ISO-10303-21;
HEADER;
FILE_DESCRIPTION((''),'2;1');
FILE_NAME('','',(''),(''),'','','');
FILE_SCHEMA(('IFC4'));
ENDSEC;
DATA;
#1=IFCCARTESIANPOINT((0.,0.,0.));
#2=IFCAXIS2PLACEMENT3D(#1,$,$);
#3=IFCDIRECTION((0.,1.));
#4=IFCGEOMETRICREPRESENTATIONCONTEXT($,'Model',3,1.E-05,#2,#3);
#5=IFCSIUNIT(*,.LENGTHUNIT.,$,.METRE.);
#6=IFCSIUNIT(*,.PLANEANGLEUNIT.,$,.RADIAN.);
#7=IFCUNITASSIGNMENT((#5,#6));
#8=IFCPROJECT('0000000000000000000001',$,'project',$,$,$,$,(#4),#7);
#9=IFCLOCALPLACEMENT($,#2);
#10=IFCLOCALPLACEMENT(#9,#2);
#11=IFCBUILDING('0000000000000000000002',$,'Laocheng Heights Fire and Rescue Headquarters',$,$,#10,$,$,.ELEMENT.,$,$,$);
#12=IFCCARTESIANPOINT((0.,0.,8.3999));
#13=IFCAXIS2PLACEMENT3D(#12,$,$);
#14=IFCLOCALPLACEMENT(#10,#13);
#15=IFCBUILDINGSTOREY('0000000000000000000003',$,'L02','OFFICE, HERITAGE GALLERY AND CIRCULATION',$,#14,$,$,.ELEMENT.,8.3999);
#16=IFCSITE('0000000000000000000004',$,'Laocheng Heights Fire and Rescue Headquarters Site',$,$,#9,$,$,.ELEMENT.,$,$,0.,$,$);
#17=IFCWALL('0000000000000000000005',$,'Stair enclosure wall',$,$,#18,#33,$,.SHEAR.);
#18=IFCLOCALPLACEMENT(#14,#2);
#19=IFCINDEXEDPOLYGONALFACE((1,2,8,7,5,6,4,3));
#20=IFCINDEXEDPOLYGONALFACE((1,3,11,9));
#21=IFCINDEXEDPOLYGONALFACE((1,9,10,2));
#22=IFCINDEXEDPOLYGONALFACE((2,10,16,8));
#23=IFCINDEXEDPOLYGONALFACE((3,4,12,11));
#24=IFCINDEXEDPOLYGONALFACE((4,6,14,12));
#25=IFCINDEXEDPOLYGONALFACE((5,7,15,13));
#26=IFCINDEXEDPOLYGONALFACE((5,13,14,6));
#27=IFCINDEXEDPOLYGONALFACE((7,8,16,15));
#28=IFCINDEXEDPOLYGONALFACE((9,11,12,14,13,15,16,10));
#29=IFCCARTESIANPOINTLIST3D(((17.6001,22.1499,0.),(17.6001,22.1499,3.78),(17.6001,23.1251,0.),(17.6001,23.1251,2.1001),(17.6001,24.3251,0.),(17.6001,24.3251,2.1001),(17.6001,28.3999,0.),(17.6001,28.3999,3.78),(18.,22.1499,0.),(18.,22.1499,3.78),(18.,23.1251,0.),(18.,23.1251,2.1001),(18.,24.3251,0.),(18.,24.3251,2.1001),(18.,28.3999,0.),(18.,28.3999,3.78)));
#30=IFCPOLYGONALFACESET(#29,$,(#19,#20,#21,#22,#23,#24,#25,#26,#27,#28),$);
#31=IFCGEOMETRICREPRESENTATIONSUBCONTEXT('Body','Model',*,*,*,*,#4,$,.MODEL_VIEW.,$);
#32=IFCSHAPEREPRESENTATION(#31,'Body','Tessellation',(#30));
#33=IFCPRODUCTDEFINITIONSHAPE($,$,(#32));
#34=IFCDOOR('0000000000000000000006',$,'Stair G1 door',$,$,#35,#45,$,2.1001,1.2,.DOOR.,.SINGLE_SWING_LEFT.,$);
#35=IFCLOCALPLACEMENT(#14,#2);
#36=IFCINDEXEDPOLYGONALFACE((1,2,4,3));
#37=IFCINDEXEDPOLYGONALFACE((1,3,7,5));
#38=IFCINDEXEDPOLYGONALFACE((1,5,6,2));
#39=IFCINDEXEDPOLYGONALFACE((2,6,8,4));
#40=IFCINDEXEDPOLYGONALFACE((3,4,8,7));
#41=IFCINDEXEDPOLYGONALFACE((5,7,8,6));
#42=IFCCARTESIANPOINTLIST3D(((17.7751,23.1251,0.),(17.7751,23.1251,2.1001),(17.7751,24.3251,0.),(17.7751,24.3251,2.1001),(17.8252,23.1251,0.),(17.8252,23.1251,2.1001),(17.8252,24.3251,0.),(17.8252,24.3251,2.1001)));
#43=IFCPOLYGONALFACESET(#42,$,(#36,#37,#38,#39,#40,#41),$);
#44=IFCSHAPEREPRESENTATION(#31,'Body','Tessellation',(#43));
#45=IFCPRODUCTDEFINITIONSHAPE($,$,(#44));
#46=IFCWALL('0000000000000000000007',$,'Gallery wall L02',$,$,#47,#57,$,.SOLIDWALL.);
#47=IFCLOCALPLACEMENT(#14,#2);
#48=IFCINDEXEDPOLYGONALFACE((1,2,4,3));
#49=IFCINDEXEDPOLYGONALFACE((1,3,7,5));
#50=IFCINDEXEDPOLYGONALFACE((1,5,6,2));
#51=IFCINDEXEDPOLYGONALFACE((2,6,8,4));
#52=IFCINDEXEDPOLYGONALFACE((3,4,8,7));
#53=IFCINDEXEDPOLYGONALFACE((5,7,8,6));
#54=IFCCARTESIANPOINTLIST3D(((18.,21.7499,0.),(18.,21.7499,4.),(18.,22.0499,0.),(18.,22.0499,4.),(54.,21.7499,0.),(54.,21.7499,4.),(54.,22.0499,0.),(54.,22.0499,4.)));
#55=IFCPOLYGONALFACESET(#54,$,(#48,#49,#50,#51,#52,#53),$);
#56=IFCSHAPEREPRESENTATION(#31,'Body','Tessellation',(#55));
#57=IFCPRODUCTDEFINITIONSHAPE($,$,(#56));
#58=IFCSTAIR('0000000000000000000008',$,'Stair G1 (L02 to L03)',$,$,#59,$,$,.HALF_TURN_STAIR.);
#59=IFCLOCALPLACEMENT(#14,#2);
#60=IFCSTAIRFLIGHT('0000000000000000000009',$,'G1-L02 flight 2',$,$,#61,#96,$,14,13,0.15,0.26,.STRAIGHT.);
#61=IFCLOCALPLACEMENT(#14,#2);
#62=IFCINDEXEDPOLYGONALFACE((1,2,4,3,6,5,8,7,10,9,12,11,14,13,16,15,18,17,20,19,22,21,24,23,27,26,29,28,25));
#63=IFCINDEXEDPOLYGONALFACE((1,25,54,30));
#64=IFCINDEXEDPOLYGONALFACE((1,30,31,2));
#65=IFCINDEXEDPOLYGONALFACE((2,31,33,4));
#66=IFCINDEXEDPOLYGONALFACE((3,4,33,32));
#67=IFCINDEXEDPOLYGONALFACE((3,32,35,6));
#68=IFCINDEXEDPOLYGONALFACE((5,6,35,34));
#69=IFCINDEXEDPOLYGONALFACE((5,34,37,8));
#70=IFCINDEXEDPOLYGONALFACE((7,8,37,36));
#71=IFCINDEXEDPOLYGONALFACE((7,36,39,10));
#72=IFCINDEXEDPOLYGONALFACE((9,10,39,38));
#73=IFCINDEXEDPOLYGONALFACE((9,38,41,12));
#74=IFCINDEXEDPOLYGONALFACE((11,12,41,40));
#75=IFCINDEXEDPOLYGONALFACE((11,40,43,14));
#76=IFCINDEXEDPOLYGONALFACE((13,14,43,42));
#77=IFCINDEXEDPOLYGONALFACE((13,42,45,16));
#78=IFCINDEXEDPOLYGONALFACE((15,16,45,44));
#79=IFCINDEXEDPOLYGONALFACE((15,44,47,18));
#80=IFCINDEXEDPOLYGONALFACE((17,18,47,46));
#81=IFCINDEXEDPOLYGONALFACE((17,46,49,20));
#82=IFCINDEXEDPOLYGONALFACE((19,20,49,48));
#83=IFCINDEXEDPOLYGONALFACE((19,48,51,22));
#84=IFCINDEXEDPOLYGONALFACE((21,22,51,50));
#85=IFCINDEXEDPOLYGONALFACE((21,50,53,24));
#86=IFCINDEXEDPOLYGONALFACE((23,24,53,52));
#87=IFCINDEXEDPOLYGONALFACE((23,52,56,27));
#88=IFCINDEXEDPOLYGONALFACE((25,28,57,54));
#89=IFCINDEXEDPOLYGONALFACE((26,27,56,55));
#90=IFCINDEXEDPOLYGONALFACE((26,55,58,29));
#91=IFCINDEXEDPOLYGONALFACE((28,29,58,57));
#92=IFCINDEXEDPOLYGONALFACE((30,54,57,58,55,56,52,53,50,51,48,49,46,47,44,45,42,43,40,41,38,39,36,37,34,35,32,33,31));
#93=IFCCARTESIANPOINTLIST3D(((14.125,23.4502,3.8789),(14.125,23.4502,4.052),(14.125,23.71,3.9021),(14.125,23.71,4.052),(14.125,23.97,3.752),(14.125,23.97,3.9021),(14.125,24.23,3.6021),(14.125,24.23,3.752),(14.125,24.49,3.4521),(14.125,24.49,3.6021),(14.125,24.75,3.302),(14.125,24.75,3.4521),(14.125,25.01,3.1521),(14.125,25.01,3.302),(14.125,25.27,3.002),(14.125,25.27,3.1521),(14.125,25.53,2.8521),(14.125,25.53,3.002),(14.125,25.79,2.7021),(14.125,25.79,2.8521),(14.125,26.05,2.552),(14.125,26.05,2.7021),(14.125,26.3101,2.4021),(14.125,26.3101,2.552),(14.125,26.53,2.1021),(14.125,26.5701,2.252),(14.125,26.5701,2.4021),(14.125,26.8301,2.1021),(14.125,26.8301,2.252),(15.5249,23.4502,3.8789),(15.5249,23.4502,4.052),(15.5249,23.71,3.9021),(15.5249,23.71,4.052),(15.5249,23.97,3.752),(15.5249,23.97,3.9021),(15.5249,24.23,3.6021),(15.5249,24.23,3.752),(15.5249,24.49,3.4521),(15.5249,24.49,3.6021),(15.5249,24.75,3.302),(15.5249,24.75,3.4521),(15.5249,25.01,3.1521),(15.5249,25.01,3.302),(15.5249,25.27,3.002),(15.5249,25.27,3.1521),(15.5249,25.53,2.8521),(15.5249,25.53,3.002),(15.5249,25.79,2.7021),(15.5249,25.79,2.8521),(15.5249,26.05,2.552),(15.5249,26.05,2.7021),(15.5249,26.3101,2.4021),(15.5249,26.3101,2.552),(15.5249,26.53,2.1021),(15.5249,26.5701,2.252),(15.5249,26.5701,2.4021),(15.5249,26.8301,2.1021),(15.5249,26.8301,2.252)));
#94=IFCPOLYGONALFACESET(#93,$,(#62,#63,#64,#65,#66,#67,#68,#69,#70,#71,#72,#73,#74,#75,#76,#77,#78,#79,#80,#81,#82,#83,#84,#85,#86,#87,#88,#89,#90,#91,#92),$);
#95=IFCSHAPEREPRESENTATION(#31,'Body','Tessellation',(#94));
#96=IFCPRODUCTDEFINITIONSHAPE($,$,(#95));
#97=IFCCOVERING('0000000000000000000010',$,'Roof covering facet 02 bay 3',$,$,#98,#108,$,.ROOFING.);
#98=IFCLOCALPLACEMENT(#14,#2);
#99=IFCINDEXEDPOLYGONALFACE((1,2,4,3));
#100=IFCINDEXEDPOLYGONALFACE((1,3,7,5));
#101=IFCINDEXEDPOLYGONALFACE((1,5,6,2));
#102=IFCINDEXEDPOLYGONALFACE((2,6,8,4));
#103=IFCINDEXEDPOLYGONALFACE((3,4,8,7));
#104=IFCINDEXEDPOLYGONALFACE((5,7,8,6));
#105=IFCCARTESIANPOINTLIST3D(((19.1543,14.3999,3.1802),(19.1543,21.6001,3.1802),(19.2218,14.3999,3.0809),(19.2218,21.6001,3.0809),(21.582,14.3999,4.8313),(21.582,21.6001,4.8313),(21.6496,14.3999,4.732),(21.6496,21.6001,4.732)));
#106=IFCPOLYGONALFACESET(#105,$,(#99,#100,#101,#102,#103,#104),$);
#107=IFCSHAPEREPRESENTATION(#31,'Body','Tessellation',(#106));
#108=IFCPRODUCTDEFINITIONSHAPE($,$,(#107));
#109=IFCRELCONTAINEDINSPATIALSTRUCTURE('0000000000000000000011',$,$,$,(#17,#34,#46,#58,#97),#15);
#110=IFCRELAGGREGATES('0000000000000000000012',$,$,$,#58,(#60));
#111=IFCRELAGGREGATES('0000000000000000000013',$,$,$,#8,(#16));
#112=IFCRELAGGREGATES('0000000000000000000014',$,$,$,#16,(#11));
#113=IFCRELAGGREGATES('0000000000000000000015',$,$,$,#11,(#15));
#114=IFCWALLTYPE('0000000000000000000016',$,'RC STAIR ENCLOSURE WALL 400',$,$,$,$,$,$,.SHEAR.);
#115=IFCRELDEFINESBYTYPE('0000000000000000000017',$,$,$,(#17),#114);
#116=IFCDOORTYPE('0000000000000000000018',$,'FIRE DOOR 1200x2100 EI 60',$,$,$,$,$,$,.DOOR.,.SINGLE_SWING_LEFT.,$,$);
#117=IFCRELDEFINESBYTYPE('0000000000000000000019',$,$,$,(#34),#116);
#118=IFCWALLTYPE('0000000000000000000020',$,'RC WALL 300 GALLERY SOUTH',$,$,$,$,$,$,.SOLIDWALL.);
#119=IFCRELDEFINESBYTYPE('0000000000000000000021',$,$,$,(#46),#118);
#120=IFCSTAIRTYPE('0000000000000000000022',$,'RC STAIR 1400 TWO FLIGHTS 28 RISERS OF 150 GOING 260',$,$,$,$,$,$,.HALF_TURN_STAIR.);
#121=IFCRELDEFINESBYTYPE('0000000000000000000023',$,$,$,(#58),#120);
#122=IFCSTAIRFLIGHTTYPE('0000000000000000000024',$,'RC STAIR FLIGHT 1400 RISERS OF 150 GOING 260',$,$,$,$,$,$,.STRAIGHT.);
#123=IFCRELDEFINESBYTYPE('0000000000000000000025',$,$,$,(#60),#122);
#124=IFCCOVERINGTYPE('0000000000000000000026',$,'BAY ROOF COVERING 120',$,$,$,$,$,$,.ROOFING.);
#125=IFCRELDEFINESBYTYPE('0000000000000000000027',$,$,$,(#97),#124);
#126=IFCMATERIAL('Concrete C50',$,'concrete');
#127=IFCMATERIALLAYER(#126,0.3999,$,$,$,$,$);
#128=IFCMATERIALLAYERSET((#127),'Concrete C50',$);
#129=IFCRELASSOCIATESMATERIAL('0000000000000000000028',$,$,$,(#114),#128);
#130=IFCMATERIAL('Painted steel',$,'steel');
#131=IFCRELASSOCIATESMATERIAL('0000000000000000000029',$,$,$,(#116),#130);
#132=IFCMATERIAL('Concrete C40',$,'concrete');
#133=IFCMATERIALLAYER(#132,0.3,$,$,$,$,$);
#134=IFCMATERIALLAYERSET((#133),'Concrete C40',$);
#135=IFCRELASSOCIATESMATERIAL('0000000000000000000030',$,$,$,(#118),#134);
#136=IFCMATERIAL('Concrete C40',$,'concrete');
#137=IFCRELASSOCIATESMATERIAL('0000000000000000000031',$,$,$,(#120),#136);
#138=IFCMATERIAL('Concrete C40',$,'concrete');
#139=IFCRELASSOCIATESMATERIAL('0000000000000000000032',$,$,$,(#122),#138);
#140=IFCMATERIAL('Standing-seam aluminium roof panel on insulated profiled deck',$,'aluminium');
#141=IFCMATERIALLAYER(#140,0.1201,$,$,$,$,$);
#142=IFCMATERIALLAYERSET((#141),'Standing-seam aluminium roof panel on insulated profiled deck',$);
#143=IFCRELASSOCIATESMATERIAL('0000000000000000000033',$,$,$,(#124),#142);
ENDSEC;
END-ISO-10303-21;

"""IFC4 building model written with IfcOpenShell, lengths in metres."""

from ifc_helpers import new_model, si_unit, direction, frame, frame_2d, origin, place, context, subcontext, project, spatial, polyline, rectangle, outline, extrude, material, layer, layer_set, type_object, element, fill, aggregate, save


model = new_model("IFC4")

# Units and contexts
model_context = context("Model", 3, precision=1e-05, world=origin(), true_north=direction((0.0, 1.0)))
body_context = subcontext(model_context, "Body", "Model", "MODEL_VIEW")
ifc_project = project(units=[si_unit("LENGTHUNIT", "METRE"), si_unit("PLANEANGLEUNIT", "RADIAN")], contexts=[model_context])

# Site, building, storey
site_placement = place(None, origin())
site = spatial("IfcSite", under=ifc_project, at=site_placement, Name="Laocheng Heights Fire and Rescue Headquarters Site", CompositionType="ELEMENT", RefElevation=0.0)
building_placement = place(site_placement, origin())
building = spatial("IfcBuilding", under=site, at=building_placement, Name="Laocheng Heights Fire and Rescue Headquarters", CompositionType="ELEMENT")
storey_placement = place(building_placement, frame((0.0, 0.0, 8.3999)))
storey = spatial("IfcBuildingStorey", under=building, at=storey_placement, Name="L02", Description="OFFICE, HERITAGE GALLERY AND CIRCULATION", CompositionType="ELEMENT", Elevation=8.3999)

# Wall, opening, door
ifc_material_1 = material(Name="Concrete C50", Category="concrete")
ifc_layer_1 = layer(ifc_material_1, 0.3999)
ifc_layer_set_1 = layer_set([ifc_layer_1], Name="Concrete C50")
wall_type_1 = type_object("IfcWallType", Name="RC STAIR ENCLOSURE WALL 400", PredefinedType="SHEAR", material=ifc_layer_set_1)
wall_1_placement = place(storey_placement, frame((17.8, 22.1499, 0.0), z_axis=(0.0, 0.0, 1.0), x_axis=(0.0, 1.0, 0.0)))
wall_1 = element("IfcWall", 1, at=wall_1_placement, inside=storey, type_object=wall_type_1, Name="Stair enclosure wall", PredefinedType="SHEAR", context=body_context, shape_type="SweptSolid", body=[
    extrude(rectangle(XDim=6.25, YDim=0.3999, at=frame_2d((3.125, 0.0))), origin(), (0.0, 0.0, 1.0), 3.78),
])
opening_placement = place(wall_1_placement, frame((0.9751, 0.0, 0.0)))
opening = element("IfcOpeningElement", 2, at=opening_placement, cuts=wall_1, PredefinedType="OPENING", context=body_context, shape_type="SweptSolid", body=[
    extrude(rectangle(XDim=1.2, YDim=2.1001, at=frame_2d((0.6001, 1.05))), frame((0.0, 0.21, 0.0), z_axis=(0.0, -1.0, 0.0), x_axis=(1.0, 0.0, 0.0)), (0.0, 0.0, 1.0), 0.4199),
])
ifc_material_2 = material(Name="Painted steel", Category="steel")
door_type = type_object("IfcDoorType", Name="FIRE DOOR 1200x2100 EI 60", OperationType="SINGLE_SWING_LEFT", PredefinedType="DOOR", material=ifc_material_2)
door_placement = place(opening_placement, origin())
door = element("IfcDoor", 3, at=door_placement, inside=storey, type_object=door_type, Name="Stair G1 door", OperationType="SINGLE_SWING_LEFT", OverallHeight=2.1001, OverallWidth=1.2, PredefinedType="DOOR", context=body_context, shape_type="SweptSolid", body=[
    extrude(rectangle(XDim=1.2, YDim=2.1001, at=frame_2d((0.6001, 1.05))), frame((0.0, 0.0249, 0.0), z_axis=(0.0, -1.0, 0.0), x_axis=(1.0, 0.0, 0.0)), (0.0, 0.0, 1.0), 0.05),
])
fill(opening, door)

# Wall
ifc_material_3 = material(Name="Concrete C40", Category="concrete")
ifc_layer_2 = layer(ifc_material_3, 0.3)
ifc_layer_set_2 = layer_set([ifc_layer_2], Name="Concrete C40")
wall_type_2 = type_object("IfcWallType", Name="RC WALL 300 GALLERY SOUTH", PredefinedType="SOLIDWALL", material=ifc_layer_set_2)
wall_2_placement = place(storey_placement, frame((18.0, 21.8999, 0.0), z_axis=(0.0, 0.0, 1.0), x_axis=(1.0, 0.0, 0.0)))
element("IfcWall", 4, at=wall_2_placement, inside=storey, type_object=wall_type_2, Name="Gallery wall L02", PredefinedType="SOLIDWALL", context=body_context, shape_type="SweptSolid", body=[
    extrude(rectangle(XDim=36.0, YDim=0.3, at=frame_2d((18.0, 0.0))), origin(), (0.0, 0.0, 1.0), 4.0),
])

# Stair, stair flight
ifc_material_4 = material(Name="Concrete C40", Category="concrete")
stair_type = type_object("IfcStairType", Name="RC STAIR 1400 TWO FLIGHTS 28 RISERS OF 150 GOING 260", PredefinedType="HALF_TURN_STAIR", material=ifc_material_4)
stair_placement = place(storey_placement, origin())
stair = element("IfcStair", 5, at=stair_placement, inside=storey, type_object=stair_type, Name="Stair G1 (L02 to L03)", PredefinedType="HALF_TURN_STAIR")
ifc_material_5 = material(Name="Concrete C40", Category="concrete")
stair_flight_type = type_object("IfcStairFlightType", Name="RC STAIR FLIGHT 1400 RISERS OF 150 GOING 260", PredefinedType="STRAIGHT", material=ifc_material_5)
stair_flight_placement = place(storey_placement, frame((14.825, 26.8301, 2.1021), z_axis=(0.0, 0.0, 1.0), x_axis=(0.0, -1.0, 0.0)))
stair_flight = element("IfcStairFlight", 6, at=stair_flight_placement, type_object=stair_flight_type, Name="G1-L02 flight 2", NumberOfRisers=14, NumberOfTreads=13, PredefinedType="STRAIGHT", RiserHeight=0.15, TreadLength=0.26, context=body_context, shape_type="SweptSolid", body=[
    extrude(outline(polyline([(0.0, 0.0), (0.0, 0.1499), (0.26, 0.1499), (0.26, 0.3), (0.52, 0.3), (0.52, 0.45), (0.78, 0.45), (0.78, 0.6001), (1.04, 0.6001), (1.04, 0.75), (1.3, 0.75), (1.3, 0.8999), (1.5601, 0.8999), (1.5601, 1.05), (1.8201, 1.05), (1.8201, 1.2), (2.0801, 1.2), (2.0801, 1.3501), (2.3401, 1.3501), (2.3401, 1.5), (2.6001, 1.5), (2.6001, 1.6499), (2.8601, 1.6499), (2.8601, 1.8), (3.1201, 1.8), (3.1201, 1.95), (3.3799, 1.95), (3.3799, 2.1001), (3.3799, 1.7769), (0.3, 0.0), (0.0, 0.0)])), frame((0.0, 0.7, 0.0), z_axis=(0.0, -1.0, 0.0), x_axis=(1.0, 0.0, 0.0)), (0.0, 0.0, 1.0), 1.3999),
])
aggregate(stair, [stair_flight])

# Covering
ifc_material_6 = material(Name="Standing-seam aluminium roof panel on insulated profiled deck", Category="aluminium")
ifc_layer_3 = layer(ifc_material_6, 0.1201)
ifc_layer_set_3 = layer_set([ifc_layer_3], Name="Standing-seam aluminium roof panel on insulated profiled deck")
covering_type = type_object("IfcCoveringType", Name="BAY ROOF COVERING 120", PredefinedType="ROOFING", material=ifc_layer_set_3)
covering_placement = place(storey_placement, frame((19.1543, 14.3999, 3.1802), z_axis=(-0.562371, 0.0, 0.826885), x_axis=(0.826885, 0.0, 0.562371)))
element("IfcCovering", 7, at=covering_placement, inside=storey, type_object=covering_type, Name="Roof covering facet 02 bay 3", PredefinedType="ROOFING", context=body_context, shape_type="SweptSolid", body=[
    extrude(outline(polyline([(0.0, 0.0), (2.936, 0.0), (2.936, 7.2002), (0.0, 7.2002), (0.0, 0.0)])), origin(), (0.0, 0.0, -1.0), 0.1201),
])

save(model, "model.ifc")
